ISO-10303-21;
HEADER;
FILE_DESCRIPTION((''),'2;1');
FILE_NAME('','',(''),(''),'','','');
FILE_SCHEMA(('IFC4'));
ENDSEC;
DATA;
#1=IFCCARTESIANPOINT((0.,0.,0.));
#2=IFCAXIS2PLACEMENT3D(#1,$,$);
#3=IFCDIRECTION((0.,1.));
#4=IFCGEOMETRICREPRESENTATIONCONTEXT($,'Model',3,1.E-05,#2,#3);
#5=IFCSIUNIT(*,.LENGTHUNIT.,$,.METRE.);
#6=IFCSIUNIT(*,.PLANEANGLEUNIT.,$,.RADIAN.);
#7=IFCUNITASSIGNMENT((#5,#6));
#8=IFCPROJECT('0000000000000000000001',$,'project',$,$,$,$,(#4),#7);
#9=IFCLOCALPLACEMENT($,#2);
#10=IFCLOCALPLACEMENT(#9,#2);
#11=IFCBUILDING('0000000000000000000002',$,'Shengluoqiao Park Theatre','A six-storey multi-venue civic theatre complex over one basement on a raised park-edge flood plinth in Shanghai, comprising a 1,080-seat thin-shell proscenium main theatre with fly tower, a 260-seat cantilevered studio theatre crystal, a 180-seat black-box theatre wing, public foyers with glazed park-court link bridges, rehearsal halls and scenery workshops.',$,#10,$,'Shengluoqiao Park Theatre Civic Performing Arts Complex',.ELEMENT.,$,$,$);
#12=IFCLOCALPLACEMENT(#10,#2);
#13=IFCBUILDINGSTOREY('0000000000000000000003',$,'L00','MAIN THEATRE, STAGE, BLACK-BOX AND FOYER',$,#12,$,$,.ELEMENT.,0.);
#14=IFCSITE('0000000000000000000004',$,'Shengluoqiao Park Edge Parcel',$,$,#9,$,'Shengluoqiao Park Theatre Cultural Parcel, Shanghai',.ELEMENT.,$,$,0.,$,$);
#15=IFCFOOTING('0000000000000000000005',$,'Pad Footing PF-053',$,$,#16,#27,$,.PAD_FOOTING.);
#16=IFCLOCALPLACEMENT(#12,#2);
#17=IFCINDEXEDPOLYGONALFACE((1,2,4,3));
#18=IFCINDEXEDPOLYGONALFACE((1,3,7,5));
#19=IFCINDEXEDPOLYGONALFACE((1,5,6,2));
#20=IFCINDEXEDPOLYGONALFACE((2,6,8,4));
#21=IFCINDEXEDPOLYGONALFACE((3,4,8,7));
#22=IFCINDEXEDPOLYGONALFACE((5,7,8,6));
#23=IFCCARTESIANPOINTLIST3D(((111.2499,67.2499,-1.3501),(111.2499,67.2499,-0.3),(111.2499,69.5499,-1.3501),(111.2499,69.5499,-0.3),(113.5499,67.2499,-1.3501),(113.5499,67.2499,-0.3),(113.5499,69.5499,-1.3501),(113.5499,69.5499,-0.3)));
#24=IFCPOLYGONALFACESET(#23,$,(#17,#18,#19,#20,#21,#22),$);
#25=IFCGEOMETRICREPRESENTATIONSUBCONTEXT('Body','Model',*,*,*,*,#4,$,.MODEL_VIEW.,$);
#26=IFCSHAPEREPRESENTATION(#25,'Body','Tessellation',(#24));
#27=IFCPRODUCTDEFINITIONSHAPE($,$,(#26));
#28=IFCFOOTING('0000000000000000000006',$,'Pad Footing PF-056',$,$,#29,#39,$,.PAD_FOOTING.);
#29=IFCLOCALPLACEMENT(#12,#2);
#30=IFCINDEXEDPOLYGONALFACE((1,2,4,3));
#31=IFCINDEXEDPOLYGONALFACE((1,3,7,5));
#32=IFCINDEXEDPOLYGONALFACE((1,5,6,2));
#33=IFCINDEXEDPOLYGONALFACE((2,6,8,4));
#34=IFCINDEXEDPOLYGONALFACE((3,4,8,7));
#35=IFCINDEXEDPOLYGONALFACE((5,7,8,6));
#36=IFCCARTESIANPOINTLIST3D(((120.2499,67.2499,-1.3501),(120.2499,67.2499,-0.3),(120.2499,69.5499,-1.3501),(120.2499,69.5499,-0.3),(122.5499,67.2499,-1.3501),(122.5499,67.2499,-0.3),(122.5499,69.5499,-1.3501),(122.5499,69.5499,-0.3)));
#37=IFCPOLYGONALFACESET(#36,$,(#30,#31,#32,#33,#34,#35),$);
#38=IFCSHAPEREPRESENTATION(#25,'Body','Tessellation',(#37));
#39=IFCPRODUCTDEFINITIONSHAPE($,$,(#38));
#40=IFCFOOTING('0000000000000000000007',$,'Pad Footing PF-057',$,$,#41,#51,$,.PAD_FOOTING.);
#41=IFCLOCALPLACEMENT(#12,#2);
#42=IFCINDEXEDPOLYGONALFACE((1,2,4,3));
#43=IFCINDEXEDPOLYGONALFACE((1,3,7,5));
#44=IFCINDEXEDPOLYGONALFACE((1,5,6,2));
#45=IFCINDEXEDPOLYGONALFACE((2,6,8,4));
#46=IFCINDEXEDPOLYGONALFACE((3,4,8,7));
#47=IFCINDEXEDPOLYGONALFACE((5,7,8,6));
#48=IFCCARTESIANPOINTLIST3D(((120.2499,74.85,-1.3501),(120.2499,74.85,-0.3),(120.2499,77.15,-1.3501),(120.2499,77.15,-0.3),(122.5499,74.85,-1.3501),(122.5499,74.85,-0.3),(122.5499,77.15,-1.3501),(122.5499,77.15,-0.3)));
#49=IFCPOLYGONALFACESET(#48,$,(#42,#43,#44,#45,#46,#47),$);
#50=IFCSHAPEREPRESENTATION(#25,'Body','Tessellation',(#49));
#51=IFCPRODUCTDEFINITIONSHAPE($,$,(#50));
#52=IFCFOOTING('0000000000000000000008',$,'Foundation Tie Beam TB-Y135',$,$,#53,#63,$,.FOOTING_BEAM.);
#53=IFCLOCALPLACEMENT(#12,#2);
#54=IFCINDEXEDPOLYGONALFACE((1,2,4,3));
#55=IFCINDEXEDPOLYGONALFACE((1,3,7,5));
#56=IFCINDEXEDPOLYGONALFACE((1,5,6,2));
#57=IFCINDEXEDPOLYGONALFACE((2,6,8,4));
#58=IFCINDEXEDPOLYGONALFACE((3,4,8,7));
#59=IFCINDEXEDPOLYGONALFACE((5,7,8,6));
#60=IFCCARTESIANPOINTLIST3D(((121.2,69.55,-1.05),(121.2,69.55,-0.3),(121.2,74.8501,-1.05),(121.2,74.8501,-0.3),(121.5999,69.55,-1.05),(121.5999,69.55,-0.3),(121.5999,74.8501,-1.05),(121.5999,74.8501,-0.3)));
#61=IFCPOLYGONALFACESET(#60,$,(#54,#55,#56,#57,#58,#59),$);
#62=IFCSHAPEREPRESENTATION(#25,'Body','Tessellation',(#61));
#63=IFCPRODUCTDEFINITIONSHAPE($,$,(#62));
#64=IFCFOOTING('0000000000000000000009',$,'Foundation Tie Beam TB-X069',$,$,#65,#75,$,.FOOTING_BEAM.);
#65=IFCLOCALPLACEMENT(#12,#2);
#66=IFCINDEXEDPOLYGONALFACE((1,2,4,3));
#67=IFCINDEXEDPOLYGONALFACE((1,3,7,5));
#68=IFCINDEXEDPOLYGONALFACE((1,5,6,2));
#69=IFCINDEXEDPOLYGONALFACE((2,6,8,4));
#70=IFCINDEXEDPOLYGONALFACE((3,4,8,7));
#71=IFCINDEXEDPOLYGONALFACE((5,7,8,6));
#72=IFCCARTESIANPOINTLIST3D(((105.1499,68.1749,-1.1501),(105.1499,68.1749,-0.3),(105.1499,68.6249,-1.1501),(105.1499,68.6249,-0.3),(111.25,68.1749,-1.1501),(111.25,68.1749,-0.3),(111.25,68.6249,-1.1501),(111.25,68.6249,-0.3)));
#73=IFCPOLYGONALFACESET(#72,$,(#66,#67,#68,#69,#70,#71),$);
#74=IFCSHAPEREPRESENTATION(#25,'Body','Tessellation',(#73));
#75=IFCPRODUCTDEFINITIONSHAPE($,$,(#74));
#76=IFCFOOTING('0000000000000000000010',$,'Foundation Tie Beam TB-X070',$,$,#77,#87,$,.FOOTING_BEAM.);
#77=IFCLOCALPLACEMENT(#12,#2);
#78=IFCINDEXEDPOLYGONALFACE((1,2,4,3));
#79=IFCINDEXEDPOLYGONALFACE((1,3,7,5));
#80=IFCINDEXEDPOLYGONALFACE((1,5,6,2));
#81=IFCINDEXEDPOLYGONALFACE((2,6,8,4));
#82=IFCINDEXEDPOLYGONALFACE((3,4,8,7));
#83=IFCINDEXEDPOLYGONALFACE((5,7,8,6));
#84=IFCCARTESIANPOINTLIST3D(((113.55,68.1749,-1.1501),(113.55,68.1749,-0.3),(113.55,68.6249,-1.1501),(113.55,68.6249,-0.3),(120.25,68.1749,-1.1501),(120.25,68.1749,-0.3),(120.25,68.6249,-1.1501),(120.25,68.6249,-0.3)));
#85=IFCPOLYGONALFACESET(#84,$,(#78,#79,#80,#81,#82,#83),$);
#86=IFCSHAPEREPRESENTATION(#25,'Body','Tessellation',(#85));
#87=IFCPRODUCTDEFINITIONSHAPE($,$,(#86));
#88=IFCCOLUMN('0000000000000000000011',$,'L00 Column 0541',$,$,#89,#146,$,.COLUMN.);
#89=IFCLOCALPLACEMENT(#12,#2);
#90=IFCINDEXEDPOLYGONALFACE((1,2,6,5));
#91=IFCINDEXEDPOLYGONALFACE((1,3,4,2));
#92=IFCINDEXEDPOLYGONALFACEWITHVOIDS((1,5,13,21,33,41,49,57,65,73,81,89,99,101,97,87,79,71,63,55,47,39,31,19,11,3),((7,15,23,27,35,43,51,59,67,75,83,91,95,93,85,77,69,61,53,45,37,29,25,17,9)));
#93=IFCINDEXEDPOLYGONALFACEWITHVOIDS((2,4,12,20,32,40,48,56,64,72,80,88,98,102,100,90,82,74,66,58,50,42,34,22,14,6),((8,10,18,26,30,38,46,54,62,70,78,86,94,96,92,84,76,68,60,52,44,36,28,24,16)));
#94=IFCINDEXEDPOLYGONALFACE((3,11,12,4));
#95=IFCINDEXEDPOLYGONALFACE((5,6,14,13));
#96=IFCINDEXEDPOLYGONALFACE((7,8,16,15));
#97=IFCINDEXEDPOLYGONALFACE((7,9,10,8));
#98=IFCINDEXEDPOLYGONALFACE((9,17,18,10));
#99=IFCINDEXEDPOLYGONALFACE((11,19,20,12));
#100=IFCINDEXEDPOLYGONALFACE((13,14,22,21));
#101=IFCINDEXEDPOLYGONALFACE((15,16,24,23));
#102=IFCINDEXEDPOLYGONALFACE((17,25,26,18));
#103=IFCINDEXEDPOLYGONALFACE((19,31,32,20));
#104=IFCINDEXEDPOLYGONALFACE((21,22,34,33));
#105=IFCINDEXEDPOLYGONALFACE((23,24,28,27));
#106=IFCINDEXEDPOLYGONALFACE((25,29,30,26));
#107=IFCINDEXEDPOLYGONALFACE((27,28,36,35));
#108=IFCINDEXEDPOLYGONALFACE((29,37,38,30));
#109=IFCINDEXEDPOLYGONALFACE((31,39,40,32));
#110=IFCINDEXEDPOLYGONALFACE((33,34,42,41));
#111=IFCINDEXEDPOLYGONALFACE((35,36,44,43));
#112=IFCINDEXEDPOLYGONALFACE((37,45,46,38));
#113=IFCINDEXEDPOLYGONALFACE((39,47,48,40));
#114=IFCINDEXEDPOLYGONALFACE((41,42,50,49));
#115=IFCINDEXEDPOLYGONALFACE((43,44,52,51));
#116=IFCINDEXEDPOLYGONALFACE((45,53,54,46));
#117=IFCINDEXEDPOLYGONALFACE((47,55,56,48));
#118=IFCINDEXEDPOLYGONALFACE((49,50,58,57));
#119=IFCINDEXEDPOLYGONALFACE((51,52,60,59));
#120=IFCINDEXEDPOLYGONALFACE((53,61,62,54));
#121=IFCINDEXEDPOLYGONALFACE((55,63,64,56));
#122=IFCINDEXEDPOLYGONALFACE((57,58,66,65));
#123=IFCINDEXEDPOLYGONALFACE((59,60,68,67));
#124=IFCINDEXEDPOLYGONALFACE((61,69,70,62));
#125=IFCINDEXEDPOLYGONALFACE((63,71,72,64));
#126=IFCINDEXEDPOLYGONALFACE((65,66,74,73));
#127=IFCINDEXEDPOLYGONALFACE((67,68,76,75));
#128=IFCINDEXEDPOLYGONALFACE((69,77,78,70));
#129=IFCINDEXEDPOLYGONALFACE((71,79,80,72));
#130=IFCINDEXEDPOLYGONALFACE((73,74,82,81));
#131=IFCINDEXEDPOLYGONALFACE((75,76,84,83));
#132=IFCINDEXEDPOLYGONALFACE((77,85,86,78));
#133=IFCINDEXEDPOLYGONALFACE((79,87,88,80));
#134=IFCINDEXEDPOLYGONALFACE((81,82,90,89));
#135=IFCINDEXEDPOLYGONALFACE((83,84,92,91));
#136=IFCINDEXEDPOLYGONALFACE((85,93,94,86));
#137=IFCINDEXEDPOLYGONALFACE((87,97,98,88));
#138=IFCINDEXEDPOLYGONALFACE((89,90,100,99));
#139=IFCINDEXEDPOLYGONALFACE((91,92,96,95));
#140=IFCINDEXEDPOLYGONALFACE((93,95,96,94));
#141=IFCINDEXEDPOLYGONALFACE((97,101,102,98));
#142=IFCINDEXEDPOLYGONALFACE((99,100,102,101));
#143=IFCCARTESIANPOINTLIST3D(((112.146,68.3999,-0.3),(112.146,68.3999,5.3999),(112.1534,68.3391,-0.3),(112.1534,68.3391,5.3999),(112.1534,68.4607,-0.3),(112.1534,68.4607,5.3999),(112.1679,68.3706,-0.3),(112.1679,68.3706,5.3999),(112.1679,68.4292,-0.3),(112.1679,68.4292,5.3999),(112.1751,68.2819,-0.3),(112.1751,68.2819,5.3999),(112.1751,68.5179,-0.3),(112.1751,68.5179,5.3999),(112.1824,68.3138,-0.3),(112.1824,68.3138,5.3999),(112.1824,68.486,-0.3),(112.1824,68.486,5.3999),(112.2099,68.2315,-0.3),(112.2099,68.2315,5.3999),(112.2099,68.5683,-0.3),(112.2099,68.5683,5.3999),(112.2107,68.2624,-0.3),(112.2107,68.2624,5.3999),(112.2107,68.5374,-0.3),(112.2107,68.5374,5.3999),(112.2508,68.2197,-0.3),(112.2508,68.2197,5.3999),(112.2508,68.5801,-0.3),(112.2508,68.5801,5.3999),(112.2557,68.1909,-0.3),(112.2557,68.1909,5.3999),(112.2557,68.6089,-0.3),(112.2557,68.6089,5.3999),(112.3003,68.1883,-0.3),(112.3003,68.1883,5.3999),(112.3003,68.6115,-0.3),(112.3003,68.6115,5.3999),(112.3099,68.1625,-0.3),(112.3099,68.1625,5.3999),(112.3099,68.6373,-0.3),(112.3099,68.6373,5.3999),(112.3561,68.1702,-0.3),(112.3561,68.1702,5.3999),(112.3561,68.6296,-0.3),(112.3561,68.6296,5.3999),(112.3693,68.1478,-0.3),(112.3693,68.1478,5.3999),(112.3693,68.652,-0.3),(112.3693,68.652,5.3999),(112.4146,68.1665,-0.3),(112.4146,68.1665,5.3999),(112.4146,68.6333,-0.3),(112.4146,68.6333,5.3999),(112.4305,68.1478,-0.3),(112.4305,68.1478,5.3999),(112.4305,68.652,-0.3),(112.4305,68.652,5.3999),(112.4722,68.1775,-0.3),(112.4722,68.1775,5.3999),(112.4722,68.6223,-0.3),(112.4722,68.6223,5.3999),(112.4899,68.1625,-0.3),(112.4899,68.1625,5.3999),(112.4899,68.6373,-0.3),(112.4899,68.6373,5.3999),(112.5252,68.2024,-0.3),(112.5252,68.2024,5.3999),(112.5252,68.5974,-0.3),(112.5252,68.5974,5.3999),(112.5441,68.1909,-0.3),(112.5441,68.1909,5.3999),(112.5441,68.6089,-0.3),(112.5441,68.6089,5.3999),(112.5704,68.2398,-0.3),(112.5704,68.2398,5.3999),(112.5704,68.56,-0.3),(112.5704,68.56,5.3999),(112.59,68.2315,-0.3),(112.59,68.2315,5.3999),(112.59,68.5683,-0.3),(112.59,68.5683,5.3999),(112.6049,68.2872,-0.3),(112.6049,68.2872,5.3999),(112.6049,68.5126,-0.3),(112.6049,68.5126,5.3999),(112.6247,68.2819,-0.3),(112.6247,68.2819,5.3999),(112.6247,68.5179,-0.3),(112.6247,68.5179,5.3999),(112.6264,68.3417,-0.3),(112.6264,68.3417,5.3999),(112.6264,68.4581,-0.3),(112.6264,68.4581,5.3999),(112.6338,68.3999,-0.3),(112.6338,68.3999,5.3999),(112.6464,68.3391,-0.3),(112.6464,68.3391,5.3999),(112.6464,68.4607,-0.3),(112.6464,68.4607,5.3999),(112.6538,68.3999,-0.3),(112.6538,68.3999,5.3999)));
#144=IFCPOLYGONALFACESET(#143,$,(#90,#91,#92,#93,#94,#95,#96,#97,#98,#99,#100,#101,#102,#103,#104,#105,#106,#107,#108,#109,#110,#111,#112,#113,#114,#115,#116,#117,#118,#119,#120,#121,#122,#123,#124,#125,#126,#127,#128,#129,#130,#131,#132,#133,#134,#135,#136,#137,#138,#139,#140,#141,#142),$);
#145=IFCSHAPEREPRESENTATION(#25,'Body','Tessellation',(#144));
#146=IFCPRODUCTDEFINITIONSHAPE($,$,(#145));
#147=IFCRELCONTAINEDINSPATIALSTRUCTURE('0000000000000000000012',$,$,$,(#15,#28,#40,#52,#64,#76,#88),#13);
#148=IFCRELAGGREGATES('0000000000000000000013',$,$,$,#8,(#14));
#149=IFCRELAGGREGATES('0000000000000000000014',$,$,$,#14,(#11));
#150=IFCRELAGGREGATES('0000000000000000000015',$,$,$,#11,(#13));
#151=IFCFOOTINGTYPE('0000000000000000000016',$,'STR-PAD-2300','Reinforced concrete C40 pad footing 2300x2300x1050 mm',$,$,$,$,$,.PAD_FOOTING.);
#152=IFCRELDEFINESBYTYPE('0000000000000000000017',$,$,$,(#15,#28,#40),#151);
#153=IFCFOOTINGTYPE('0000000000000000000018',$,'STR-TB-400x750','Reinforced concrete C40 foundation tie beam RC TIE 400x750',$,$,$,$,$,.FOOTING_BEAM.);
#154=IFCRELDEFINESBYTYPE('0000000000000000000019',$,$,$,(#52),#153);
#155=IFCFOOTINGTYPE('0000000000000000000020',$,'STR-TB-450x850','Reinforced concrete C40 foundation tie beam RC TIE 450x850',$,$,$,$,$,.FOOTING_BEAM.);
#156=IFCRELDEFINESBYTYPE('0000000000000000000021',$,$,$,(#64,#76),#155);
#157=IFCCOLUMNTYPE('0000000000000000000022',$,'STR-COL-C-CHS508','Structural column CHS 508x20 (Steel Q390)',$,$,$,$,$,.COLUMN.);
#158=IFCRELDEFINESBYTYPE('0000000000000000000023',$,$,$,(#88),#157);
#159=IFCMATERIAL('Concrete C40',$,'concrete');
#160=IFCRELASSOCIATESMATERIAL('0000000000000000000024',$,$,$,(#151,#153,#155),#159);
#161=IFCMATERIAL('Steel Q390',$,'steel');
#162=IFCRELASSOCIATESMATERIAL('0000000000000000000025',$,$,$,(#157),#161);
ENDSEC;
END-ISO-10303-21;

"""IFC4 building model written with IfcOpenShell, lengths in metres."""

from ifc_helpers import new_model, si_unit, direction, frame, origin, origin_2d, place, context, subcontext, project, spatial, rectangle, hollow_circle, extrude, material, material_profile, profile_set, type_object, element, save


model = new_model("IFC4")

# Units and contexts
model_context = context("Model", 3, precision=1e-05, world=origin(), true_north=direction((0.0, 1.0)))
body_context = subcontext(model_context, "Body", "Model", "MODEL_VIEW")
ifc_project = project(units=[si_unit("LENGTHUNIT", "METRE"), si_unit("PLANEANGLEUNIT", "RADIAN")], contexts=[model_context])

# Site, building, storey
site_placement = place(None, origin())
site = spatial("IfcSite", under=ifc_project, at=site_placement, Name="Shengluoqiao Park Edge Parcel", LongName="Shengluoqiao Park Theatre Cultural Parcel, Shanghai", CompositionType="ELEMENT", RefElevation=0.0)
building_placement = place(site_placement, origin())
building = spatial("IfcBuilding", under=site, at=building_placement, Name="Shengluoqiao Park Theatre", Description="A six-storey multi-venue civic theatre complex over one basement on a raised park-edge flood plinth in Shanghai, comprising a 1,080-seat thin-shell proscenium main theatre with fly tower, a 260-seat cantilevered studio theatre crystal, a 180-seat black-box theatre wing, public foyers with glazed park-court link bridges, rehearsal halls and scenery workshops.", LongName="Shengluoqiao Park Theatre Civic Performing Arts Complex", CompositionType="ELEMENT")
storey_placement = place(building_placement, origin())
storey = spatial("IfcBuildingStorey", under=building, at=storey_placement, Name="L00", Description="MAIN THEATRE, STAGE, BLACK-BOX AND FOYER", CompositionType="ELEMENT", Elevation=0.0)

# Footings
ifc_material_1 = material(Name="Concrete C40", Category="concrete")
footing_type_1 = type_object("IfcFootingType", Name="STR-PAD-2300", Description="Reinforced concrete C40 pad footing 2300x2300x1050 mm", PredefinedType="PAD_FOOTING", material=ifc_material_1)
for number, where, z_axis, x_axis, name in (
    (1, (112.3999, 68.3999, -1.3501), (0.0, 0.0, 1.0), (1.0, 0.0, 0.0), "Pad Footing PF-053"),
    (2, (121.3999, 68.3999, -1.3501), (0.0, 0.0, 1.0), (1.0, 0.0, 0.0), "Pad Footing PF-056"),
    (3, (121.3999, 76.0, -1.3501), (0.0, 0.0, 1.0), (1.0, 0.0, 0.0), "Pad Footing PF-057"),
):
    element("IfcFooting", number, at=place(storey_placement, frame(where, z_axis=z_axis, x_axis=x_axis)), inside=storey, type_object=footing_type_1, Name=name, PredefinedType="PAD_FOOTING", context=body_context, shape_type="SweptSolid", body=[
        extrude(rectangle(XDim=2.3, YDim=2.3, at=origin_2d()), origin(), (0.0, 0.0, 1.0), 1.05),
    ])
ifc_material_profile_1 = material_profile(ifc_material_1, rectangle(XDim=0.3999, YDim=0.75, at=origin_2d()), Name="RC TIE 400x750")
ifc_profile_set_1 = profile_set([ifc_material_profile_1], Name="Concrete C40")
footing_type_2 = type_object("IfcFootingType", Name="STR-TB-400x750", Description="Reinforced concrete C40 foundation tie beam RC TIE 400x750", PredefinedType="FOOTING_BEAM", material=ifc_profile_set_1)
footing_1_placement = place(storey_placement, frame((121.3999, 69.55, -0.675), z_axis=(0.0, 1.0, 0.0), x_axis=(-1.0, 0.0, 0.0)))
element("IfcFooting", 4, at=footing_1_placement, inside=storey, type_object=footing_type_2, Name="Foundation Tie Beam TB-Y135", PredefinedType="FOOTING_BEAM", context=body_context, shape_type="SweptSolid", body=[
    extrude(rectangle(XDim=0.3999, YDim=0.75, at=origin_2d()), origin(), (0.0, 0.0, 1.0), 5.3),
])
ifc_material_profile_2 = material_profile(ifc_material_1, rectangle(XDim=0.45, YDim=0.8501, at=origin_2d()), Name="RC TIE 450x850")
ifc_profile_set_2 = profile_set([ifc_material_profile_2], Name="Concrete C40")
footing_type_3 = type_object("IfcFootingType", Name="STR-TB-450x850", Description="Reinforced concrete C40 foundation tie beam RC TIE 450x850", PredefinedType="FOOTING_BEAM", material=ifc_profile_set_2)
footing_2_placement = place(storey_placement, frame((105.1499, 68.3999, -0.7251), z_axis=(1.0, 0.0, 0.0), x_axis=(0.0, 1.0, 0.0)))
element("IfcFooting", 5, at=footing_2_placement, inside=storey, type_object=footing_type_3, Name="Foundation Tie Beam TB-X069", PredefinedType="FOOTING_BEAM", context=body_context, shape_type="SweptSolid", body=[
    extrude(rectangle(XDim=0.45, YDim=0.8501, at=origin_2d()), origin(), (0.0, 0.0, 1.0), 6.1001),
])
footing_3_placement = place(storey_placement, frame((113.55, 68.3999, -0.7251), z_axis=(1.0, 0.0, 0.0), x_axis=(0.0, 1.0, 0.0)))
element("IfcFooting", 6, at=footing_3_placement, inside=storey, type_object=footing_type_3, Name="Foundation Tie Beam TB-X070", PredefinedType="FOOTING_BEAM", context=body_context, shape_type="SweptSolid", body=[
    extrude(rectangle(XDim=0.45, YDim=0.8501, at=origin_2d()), origin(), (0.0, 0.0, 1.0), 6.7),
])

# Column
ifc_material_2 = material(Name="Steel Q390", Category="steel")
ifc_material_profile_3 = material_profile(ifc_material_2, hollow_circle(Radius=0.2539, WallThickness=0.02, at=origin_2d()), Name="CHS 508x20")
ifc_profile_set_3 = profile_set([ifc_material_profile_3], Name="Steel Q390")
column_type_1 = type_object("IfcColumnType", Name="STR-COL-C-CHS508", Description="Structural column CHS 508x20 (Steel Q390)", PredefinedType="COLUMN", material=ifc_profile_set_3)
for number, where, z_axis, x_axis, name in (
    (7, (112.3999, 68.3999, -0.3), (0.0, 0.0, 1.0), (1.0, 0.0, 0.0), "L00 Column 0541"),
):
    element("IfcColumn", number, at=place(storey_placement, frame(where, z_axis=z_axis, x_axis=x_axis)), inside=storey, type_object=column_type_1, Name=name, PredefinedType="COLUMN", context=body_context, shape_type="SweptSolid", body=[
        extrude(hollow_circle(Radius=0.2539, WallThickness=0.02, at=origin_2d()), origin(), (0.0, 0.0, 1.0), 5.7),
    ])

save(model, "model.ifc")
